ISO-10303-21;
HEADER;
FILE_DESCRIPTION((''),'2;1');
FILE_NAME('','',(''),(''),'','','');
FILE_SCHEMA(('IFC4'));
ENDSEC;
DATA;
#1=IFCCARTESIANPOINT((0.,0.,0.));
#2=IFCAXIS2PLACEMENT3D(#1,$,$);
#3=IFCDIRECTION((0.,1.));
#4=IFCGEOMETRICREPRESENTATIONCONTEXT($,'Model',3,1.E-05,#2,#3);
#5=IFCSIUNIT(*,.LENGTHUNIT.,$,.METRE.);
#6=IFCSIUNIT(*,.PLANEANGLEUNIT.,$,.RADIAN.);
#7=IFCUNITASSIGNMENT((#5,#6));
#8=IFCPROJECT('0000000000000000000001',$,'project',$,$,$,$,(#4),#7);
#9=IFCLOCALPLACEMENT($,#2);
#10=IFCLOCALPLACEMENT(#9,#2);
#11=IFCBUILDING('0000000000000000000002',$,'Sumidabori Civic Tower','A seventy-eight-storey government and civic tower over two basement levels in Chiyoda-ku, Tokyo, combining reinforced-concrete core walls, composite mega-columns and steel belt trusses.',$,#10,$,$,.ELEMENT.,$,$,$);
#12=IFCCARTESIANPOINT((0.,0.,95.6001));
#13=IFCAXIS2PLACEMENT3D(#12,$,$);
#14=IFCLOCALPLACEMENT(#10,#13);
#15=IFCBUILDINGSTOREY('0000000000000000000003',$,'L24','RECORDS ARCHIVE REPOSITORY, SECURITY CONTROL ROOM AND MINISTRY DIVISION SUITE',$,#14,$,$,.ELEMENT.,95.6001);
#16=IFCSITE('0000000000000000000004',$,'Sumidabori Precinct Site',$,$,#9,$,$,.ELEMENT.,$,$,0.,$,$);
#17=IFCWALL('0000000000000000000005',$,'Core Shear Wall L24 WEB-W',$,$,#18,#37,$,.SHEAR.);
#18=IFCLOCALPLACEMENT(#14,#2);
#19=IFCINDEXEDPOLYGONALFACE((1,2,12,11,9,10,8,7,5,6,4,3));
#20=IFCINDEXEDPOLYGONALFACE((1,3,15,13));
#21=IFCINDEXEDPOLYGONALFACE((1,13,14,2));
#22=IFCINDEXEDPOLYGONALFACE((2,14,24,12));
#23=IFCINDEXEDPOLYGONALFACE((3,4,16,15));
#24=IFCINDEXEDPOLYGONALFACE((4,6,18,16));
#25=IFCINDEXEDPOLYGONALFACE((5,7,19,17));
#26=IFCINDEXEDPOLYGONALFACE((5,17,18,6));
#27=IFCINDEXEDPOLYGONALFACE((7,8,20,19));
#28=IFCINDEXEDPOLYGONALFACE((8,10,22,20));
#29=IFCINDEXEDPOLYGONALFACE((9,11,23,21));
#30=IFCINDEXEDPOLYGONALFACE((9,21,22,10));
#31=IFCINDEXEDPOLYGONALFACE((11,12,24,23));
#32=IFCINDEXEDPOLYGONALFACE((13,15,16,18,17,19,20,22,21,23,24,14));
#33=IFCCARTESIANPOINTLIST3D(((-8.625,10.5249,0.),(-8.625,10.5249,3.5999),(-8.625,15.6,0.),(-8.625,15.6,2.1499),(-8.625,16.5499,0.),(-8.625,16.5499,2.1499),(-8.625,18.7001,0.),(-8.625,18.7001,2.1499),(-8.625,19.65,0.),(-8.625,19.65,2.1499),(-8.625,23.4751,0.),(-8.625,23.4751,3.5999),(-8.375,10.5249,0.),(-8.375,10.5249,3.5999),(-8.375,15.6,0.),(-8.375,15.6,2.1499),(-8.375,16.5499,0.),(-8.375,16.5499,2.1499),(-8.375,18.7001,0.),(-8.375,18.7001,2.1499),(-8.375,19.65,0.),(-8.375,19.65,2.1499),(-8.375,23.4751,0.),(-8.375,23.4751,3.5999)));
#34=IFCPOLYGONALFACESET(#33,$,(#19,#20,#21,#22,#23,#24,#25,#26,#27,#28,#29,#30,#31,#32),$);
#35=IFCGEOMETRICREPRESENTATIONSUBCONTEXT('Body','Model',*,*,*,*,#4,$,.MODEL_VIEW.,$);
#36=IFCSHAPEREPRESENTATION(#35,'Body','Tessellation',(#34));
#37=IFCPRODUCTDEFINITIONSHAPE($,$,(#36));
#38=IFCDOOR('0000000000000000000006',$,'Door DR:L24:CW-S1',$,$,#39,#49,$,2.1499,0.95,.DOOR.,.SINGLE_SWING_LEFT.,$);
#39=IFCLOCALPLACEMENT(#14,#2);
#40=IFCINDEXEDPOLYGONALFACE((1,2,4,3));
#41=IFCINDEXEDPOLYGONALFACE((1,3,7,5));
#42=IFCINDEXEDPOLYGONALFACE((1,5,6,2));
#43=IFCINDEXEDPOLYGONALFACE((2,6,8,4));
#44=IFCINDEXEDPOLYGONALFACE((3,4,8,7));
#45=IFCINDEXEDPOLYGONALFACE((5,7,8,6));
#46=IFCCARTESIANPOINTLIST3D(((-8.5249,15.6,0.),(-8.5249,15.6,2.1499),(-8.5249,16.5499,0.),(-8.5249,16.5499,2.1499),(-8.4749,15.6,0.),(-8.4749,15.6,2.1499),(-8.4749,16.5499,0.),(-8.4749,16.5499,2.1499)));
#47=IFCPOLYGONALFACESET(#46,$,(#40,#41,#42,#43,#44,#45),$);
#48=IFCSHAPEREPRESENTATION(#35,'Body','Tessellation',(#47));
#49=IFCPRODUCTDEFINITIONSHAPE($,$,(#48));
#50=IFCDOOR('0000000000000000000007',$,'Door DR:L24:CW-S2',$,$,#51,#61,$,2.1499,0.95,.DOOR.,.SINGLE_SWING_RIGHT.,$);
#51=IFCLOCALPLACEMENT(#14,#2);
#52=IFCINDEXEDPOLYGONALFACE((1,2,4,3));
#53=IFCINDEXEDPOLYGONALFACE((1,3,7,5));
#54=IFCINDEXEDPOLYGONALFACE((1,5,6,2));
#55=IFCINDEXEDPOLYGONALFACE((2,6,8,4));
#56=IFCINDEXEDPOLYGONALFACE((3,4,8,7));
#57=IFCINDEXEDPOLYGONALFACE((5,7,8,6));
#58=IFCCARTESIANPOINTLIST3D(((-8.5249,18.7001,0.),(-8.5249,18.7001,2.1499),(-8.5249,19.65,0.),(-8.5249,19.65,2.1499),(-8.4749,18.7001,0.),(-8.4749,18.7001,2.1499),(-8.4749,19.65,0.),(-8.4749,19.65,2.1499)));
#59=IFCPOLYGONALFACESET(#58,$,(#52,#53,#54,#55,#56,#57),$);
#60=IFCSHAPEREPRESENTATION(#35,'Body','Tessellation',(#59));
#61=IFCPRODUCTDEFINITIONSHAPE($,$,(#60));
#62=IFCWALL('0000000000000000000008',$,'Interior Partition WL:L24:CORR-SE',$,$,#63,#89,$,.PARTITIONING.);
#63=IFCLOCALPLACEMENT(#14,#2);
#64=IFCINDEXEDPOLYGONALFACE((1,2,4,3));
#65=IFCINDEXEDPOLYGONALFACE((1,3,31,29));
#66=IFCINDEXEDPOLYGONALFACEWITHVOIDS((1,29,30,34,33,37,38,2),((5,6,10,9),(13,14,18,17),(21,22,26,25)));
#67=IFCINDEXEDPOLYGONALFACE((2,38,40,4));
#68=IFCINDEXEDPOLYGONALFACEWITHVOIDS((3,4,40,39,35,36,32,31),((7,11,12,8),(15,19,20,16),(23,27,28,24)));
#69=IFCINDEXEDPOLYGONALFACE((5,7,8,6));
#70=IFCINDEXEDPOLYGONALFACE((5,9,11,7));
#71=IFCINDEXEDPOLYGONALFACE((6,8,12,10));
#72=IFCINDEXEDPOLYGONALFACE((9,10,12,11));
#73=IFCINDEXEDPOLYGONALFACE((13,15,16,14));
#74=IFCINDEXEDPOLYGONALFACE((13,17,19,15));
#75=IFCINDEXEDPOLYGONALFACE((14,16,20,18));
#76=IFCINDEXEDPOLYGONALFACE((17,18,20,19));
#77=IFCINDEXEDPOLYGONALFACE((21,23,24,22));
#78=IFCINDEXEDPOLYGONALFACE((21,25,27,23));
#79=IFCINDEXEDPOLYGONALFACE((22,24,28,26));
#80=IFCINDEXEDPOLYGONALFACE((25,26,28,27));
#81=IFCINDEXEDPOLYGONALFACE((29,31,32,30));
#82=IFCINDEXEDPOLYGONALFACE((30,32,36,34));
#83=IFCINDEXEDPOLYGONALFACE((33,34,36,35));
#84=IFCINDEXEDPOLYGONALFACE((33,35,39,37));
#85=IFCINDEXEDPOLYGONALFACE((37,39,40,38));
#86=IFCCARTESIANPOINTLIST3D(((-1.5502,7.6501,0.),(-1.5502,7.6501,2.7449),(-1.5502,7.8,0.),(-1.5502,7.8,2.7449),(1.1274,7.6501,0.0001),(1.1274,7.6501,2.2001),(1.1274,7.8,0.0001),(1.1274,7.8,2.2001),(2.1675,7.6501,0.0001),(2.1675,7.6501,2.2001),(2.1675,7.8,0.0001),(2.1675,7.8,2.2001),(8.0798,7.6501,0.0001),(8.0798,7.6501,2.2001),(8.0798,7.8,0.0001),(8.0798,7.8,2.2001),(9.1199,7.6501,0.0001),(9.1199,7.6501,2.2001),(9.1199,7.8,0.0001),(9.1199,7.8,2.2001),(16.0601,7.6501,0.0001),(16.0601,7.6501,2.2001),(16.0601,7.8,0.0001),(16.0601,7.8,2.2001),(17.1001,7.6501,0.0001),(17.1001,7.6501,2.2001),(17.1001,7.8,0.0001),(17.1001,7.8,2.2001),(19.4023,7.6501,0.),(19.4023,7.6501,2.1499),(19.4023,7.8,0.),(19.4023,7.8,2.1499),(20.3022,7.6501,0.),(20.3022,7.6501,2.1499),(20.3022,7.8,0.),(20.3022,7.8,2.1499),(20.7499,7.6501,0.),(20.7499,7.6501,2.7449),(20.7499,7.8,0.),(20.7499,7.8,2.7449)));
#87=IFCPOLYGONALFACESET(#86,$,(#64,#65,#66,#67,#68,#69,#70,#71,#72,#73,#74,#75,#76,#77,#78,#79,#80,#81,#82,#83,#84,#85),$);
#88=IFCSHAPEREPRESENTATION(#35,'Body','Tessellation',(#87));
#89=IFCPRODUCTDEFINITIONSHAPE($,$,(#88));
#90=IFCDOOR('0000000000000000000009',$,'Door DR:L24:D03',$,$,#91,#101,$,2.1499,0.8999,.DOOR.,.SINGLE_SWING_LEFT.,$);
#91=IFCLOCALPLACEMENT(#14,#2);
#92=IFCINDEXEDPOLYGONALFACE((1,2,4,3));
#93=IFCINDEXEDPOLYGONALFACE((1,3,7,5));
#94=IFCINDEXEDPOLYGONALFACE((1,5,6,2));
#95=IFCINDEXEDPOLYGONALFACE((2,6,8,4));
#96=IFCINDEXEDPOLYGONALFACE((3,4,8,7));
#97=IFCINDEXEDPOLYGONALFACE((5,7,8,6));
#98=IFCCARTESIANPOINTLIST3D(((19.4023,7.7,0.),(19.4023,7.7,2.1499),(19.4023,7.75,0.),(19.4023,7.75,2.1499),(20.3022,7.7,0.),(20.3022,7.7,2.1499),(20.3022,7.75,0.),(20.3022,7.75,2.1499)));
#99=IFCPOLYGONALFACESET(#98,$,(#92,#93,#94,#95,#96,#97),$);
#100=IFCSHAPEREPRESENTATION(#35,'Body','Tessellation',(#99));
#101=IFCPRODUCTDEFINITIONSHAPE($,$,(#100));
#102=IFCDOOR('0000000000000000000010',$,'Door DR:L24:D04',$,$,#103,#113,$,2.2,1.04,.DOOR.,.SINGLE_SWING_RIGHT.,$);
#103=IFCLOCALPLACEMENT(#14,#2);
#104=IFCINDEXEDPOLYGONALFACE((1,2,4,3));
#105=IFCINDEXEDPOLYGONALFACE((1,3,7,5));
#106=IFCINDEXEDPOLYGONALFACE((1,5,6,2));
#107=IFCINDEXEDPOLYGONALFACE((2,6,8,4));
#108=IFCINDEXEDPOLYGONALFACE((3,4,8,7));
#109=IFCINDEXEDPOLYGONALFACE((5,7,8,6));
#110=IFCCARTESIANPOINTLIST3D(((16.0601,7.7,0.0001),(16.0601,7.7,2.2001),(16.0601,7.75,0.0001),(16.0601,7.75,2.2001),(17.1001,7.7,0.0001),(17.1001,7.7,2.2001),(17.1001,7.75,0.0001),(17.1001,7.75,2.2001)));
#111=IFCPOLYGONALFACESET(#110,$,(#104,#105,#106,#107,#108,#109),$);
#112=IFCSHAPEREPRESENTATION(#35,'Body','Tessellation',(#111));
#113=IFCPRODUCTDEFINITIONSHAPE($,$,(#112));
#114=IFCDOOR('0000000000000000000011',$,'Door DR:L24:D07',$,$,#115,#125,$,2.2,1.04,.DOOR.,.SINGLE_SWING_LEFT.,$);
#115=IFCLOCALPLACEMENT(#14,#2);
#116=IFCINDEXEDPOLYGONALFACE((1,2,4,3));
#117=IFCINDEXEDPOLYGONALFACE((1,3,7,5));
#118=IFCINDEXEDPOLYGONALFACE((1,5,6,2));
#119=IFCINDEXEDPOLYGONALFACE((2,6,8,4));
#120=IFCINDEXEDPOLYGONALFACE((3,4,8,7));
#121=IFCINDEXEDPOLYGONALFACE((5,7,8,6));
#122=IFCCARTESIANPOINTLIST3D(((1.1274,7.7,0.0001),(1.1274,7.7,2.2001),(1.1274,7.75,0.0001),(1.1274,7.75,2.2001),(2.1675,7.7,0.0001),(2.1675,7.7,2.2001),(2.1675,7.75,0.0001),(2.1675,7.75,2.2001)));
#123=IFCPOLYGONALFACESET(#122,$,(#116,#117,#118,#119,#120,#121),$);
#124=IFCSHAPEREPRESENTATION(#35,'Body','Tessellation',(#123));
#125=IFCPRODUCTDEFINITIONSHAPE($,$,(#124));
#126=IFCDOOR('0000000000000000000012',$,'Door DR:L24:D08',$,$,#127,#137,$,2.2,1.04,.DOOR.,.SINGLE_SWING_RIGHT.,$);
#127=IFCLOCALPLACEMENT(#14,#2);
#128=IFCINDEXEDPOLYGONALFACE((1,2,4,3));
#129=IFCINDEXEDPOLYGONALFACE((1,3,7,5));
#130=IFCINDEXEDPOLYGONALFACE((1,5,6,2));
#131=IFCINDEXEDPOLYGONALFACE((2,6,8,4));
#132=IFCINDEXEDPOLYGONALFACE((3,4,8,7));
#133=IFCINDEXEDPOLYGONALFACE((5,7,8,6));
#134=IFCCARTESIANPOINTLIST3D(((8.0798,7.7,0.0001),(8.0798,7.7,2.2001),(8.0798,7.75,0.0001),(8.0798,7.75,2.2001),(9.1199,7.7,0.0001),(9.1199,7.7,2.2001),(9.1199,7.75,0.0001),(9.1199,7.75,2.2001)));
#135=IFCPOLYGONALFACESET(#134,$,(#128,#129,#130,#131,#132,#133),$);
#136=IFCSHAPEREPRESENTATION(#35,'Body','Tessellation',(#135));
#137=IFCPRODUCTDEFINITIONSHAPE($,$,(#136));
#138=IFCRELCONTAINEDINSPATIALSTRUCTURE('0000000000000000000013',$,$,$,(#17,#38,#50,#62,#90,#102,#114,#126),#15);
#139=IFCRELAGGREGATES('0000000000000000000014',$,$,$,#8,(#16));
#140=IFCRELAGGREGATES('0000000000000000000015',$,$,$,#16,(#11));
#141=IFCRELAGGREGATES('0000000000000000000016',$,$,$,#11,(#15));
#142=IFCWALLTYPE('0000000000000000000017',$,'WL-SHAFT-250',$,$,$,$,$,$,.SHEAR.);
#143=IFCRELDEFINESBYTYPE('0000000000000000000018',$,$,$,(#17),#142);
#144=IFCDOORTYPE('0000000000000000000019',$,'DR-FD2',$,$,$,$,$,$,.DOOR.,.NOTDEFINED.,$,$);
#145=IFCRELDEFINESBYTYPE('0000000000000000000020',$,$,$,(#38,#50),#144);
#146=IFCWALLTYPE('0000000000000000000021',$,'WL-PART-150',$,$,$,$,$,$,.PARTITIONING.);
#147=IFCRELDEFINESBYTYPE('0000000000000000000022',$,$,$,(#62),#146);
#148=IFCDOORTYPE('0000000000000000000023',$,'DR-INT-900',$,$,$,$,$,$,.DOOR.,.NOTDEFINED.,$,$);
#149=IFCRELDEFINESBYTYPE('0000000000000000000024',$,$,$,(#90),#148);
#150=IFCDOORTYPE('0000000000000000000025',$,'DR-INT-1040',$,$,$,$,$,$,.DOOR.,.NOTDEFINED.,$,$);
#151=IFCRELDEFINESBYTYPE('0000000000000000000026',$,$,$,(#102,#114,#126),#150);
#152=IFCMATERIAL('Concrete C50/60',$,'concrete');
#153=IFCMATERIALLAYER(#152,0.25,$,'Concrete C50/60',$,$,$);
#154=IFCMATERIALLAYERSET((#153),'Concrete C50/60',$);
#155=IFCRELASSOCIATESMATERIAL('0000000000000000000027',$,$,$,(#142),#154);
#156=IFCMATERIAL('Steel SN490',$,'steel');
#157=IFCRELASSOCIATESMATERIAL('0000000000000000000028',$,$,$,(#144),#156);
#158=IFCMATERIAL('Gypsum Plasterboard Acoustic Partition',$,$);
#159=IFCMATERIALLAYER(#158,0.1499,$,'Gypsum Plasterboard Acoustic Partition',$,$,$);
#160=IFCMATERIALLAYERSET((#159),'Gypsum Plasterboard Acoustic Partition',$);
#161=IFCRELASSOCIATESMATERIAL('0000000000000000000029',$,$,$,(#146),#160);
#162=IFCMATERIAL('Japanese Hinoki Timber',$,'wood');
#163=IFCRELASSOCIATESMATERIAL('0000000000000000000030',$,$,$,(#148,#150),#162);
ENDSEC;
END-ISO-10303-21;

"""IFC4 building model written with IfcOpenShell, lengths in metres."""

from ifc_helpers import new_model, si_unit, direction, frame, frame_2d, origin, place, context, subcontext, project, spatial, rectangle, extrude, source, transform, mapped, material, layer, layer_set, type_object, element, fill, save


model = new_model("IFC4")

# Units and contexts
model_context = context("Model", 3, precision=1e-05, world=origin(), true_north=direction((0.0, 1.0)))
body_context = subcontext(model_context, "Body", "Model", "MODEL_VIEW")
ifc_project = project(units=[si_unit("LENGTHUNIT", "METRE"), si_unit("PLANEANGLEUNIT", "RADIAN")], contexts=[model_context])

# Site, building, storey
site_placement = place(None, origin())
site = spatial("IfcSite", under=ifc_project, at=site_placement, Name="Sumidabori Precinct Site", CompositionType="ELEMENT", RefElevation=0.0)
building_placement = place(site_placement, origin())
building = spatial("IfcBuilding", under=site, at=building_placement, Name="Sumidabori Civic Tower", Description="A seventy-eight-storey government and civic tower over two basement levels in Chiyoda-ku, Tokyo, combining reinforced-concrete core walls, composite mega-columns and steel belt trusses.", CompositionType="ELEMENT")
storey_placement = place(building_placement, frame((0.0, 0.0, 95.6001)))
storey = spatial("IfcBuildingStorey", under=building, at=storey_placement, Name="L24", Description="RECORDS ARCHIVE REPOSITORY, SECURITY CONTROL ROOM AND MINISTRY DIVISION SUITE", CompositionType="ELEMENT", Elevation=95.6001)

# Shared definitions
ifc_material_1 = material(Name="Concrete C50/60", Category="concrete")

# Shared definitions
ifc_material_2 = material(Name="Steel SN490", Category="steel")

# Wall, openings, doors
ifc_layer_1 = layer(ifc_material_1, 0.25, Name="Concrete C50/60")
ifc_layer_set_1 = layer_set([ifc_layer_1], Name="Concrete C50/60")
wall_type_1 = type_object("IfcWallType", Name="WL-SHAFT-250", PredefinedType="SHEAR", material=ifc_layer_set_1)
shared_shape_1 = source(origin(), body_context, "Body", "SweptSolid", [
    extrude(rectangle(XDim=12.9502, YDim=0.25, at=frame_2d((6.4751, 0.0))), origin(), (0.0, 0.0, 1.0), 3.5999),
])
wall_1_placement = place(storey_placement, frame((-8.5, 10.5249, 0.0), z_axis=(0.0, 0.0, 1.0), x_axis=(0.0, 1.0, 0.0)))
wall_1 = element("IfcWall", 1, at=wall_1_placement, inside=storey, type_object=wall_type_1, Name="Core Shear Wall L24 WEB-W", PredefinedType="SHEAR", context=body_context, shape_type="MappedRepresentation", body=[
    mapped(shared_shape_1, transform((0.0, 0.0, 0.0), x_axis=(1.0, 0.0, 0.0), y_axis=(0.0, 1.0, 0.0), z_axis=(0.0, 0.0, 1.0), scale=1.0)),
])
opening_1_placement = place(wall_1_placement, frame((5.075, 0.0, 0.0)))
opening_1 = element("IfcOpeningElement", 2, at=opening_1_placement, cuts=wall_1, PredefinedType="OPENING", context=body_context, shape_type="SweptSolid", body=[
    extrude(rectangle(XDim=0.95, YDim=2.1499, at=frame_2d((0.4751, 1.075))), frame((0.0, 0.137, 0.0), z_axis=(0.0, -1.0, 0.0), x_axis=(1.0, 0.0, 0.0)), (0.0, 0.0, 1.0), 0.2739),
])
opening_2_placement = place(wall_1_placement, frame((8.175, 0.0, 0.0)))
opening_2 = element("IfcOpeningElement", 3, at=opening_2_placement, cuts=wall_1, PredefinedType="OPENING", context=body_context, shape_type="SweptSolid", body=[
    extrude(rectangle(XDim=0.95, YDim=2.1499, at=frame_2d((0.4751, 1.075))), frame((0.0, 0.137, 0.0), z_axis=(0.0, -1.0, 0.0), x_axis=(1.0, 0.0, 0.0)), (0.0, 0.0, 1.0), 0.2739),
])
door_type_1 = type_object("IfcDoorType", Name="DR-FD2", OperationType="NOTDEFINED", PredefinedType="DOOR", material=ifc_material_2)
shared_shape_2 = source(origin(), body_context, "Body", "SweptSolid", [
    extrude(rectangle(XDim=0.95, YDim=2.1499, at=frame_2d((0.4751, 1.075))), frame((0.0, 0.0249, 0.0), z_axis=(0.0, -1.0, 0.0), x_axis=(1.0, 0.0, 0.0)), (0.0, 0.0, 1.0), 0.05),
])
door_1_placement = place(opening_1_placement, origin())
door_1 = element("IfcDoor", 4, at=door_1_placement, inside=storey, type_object=door_type_1, Name="Door DR:L24:CW-S1", OperationType="SINGLE_SWING_LEFT", OverallHeight=2.1499, OverallWidth=0.95, PredefinedType="DOOR", context=body_context, shape_type="MappedRepresentation", body=[
    mapped(shared_shape_2, transform((0.0, 0.0, 0.0), x_axis=(1.0, 0.0, 0.0), y_axis=(0.0, 1.0, 0.0), z_axis=(0.0, 0.0, 1.0), scale=1.0)),
])
fill(opening_1, door_1)
door_2_placement = place(opening_2_placement, origin())
door_2 = element("IfcDoor", 5, at=door_2_placement, inside=storey, type_object=door_type_1, Name="Door DR:L24:CW-S2", OperationType="SINGLE_SWING_RIGHT", OverallHeight=2.1499, OverallWidth=0.95, PredefinedType="DOOR", context=body_context, shape_type="MappedRepresentation", body=[
    mapped(shared_shape_2, transform((0.0, 0.0, 0.0), x_axis=(1.0, 0.0, 0.0), y_axis=(0.0, 1.0, 0.0), z_axis=(0.0, 0.0, 1.0), scale=1.0)),
])
fill(opening_2, door_2)

# Wall, openings, doors
ifc_material_3 = material(Name="Gypsum Plasterboard Acoustic Partition")
ifc_layer_2 = layer(ifc_material_3, 0.1499, Name="Gypsum Plasterboard Acoustic Partition")
ifc_layer_set_2 = layer_set([ifc_layer_2], Name="Gypsum Plasterboard Acoustic Partition")
wall_type_2 = type_object("IfcWallType", Name="WL-PART-150", PredefinedType="PARTITIONING", material=ifc_layer_set_2)
shared_shape_3 = source(origin(), body_context, "Body", "SweptSolid", [
    extrude(rectangle(XDim=22.3, YDim=0.1499, at=frame_2d((11.1499, 0.0))), origin(), (0.0, 0.0, 1.0), 2.7449),
])
wall_2_placement = place(storey_placement, frame((-1.55, 7.7251, 0.0), z_axis=(0.0, 0.0, 1.0), x_axis=(1.0, 0.0, 0.0)))
wall_2 = element("IfcWall", 6, at=wall_2_placement, inside=storey, type_object=wall_type_2, Name="Interior Partition WL:L24:CORR-SE", PredefinedType="PARTITIONING", context=body_context, shape_type="MappedRepresentation", body=[
    mapped(shared_shape_3, transform((0.0, 0.0, 0.0), x_axis=(1.0, 0.0, 0.0), y_axis=(0.0, 1.0, 0.0), z_axis=(0.0, 0.0, 1.0), scale=1.0)),
])
opening_3_placement = place(wall_2_placement, frame((20.9524, 0.0, 0.0)))
opening_3 = element("IfcOpeningElement", 7, at=opening_3_placement, cuts=wall_2, PredefinedType="OPENING", context=body_context, shape_type="SweptSolid", body=[
    extrude(rectangle(XDim=0.8999, YDim=2.1499, at=frame_2d((0.45, 1.075))), frame((0.0, 0.0869, 0.0), z_axis=(0.0, -1.0, 0.0), x_axis=(1.0, 0.0, 0.0)), (0.0, 0.0, 1.0), 0.1738),
])
opening_4_placement = place(wall_2_placement, frame((17.6101, 0.0, 0.0)))
opening_4 = element("IfcOpeningElement", 8, at=opening_4_placement, cuts=wall_2, PredefinedType="OPENING", context=body_context, shape_type="SweptSolid", body=[
    extrude(rectangle(XDim=1.04, YDim=2.2, at=frame_2d((0.52, 1.1001))), frame((0.0, 0.0869, 0.0), z_axis=(0.0, -1.0, 0.0), x_axis=(1.0, 0.0, 0.0)), (0.0, 0.0, 1.0), 0.1738),
])
opening_5_placement = place(wall_2_placement, frame((2.6775, 0.0, 0.0)))
opening_5 = element("IfcOpeningElement", 9, at=opening_5_placement, cuts=wall_2, PredefinedType="OPENING", context=body_context, shape_type="SweptSolid", body=[
    extrude(rectangle(XDim=1.04, YDim=2.2, at=frame_2d((0.52, 1.1001))), frame((0.0, 0.0869, 0.0), z_axis=(0.0, -1.0, 0.0), x_axis=(1.0, 0.0, 0.0)), (0.0, 0.0, 1.0), 0.1738),
])
opening_6_placement = place(wall_2_placement, frame((9.6299, 0.0, 0.0)))
opening_6 = element("IfcOpeningElement", 10, at=opening_6_placement, cuts=wall_2, PredefinedType="OPENING", context=body_context, shape_type="SweptSolid", body=[
    extrude(rectangle(XDim=1.04, YDim=2.2, at=frame_2d((0.52, 1.1001))), frame((0.0, 0.0869, 0.0), z_axis=(0.0, -1.0, 0.0), x_axis=(1.0, 0.0, 0.0)), (0.0, 0.0, 1.0), 0.1738),
])
ifc_material_4 = material(Name="Japanese Hinoki Timber", Category="wood")
door_type_2 = type_object("IfcDoorType", Name="DR-INT-900", OperationType="NOTDEFINED", PredefinedType="DOOR", material=ifc_material_4)
shared_shape_4 = source(origin(), body_context, "Body", "SweptSolid", [
    extrude(rectangle(XDim=0.8999, YDim=2.1499, at=frame_2d((0.45, 1.075))), frame((0.0, 0.0249, 0.0), z_axis=(0.0, -1.0, 0.0), x_axis=(1.0, 0.0, 0.0)), (0.0, 0.0, 1.0), 0.05),
])
door_3_placement = place(opening_3_placement, origin())
door_3 = element("IfcDoor", 11, at=door_3_placement, inside=storey, type_object=door_type_2, Name="Door DR:L24:D03", OperationType="SINGLE_SWING_LEFT", OverallHeight=2.1499, OverallWidth=0.8999, PredefinedType="DOOR", context=body_context, shape_type="MappedRepresentation", body=[
    mapped(shared_shape_4, transform((0.0, 0.0, 0.0), x_axis=(1.0, 0.0, 0.0), y_axis=(0.0, 1.0, 0.0), z_axis=(0.0, 0.0, 1.0), scale=1.0)),
])
fill(opening_3, door_3)
door_type_3 = type_object("IfcDoorType", Name="DR-INT-1040", OperationType="NOTDEFINED", PredefinedType="DOOR", material=ifc_material_4)
shared_shape_5 = source(origin(), body_context, "Body", "SweptSolid", [
    extrude(rectangle(XDim=1.04, YDim=2.2, at=frame_2d((0.52, 1.1001))), frame((0.0, 0.0249, 0.0), z_axis=(0.0, -1.0, 0.0), x_axis=(1.0, 0.0, 0.0)), (0.0, 0.0, 1.0), 0.05),
])
door_4_placement = place(opening_4_placement, origin())
door_4 = element("IfcDoor", 12, at=door_4_placement, inside=storey, type_object=door_type_3, Name="Door DR:L24:D04", OperationType="SINGLE_SWING_RIGHT", OverallHeight=2.2, OverallWidth=1.04, PredefinedType="DOOR", context=body_context, shape_type="MappedRepresentation", body=[
    mapped(shared_shape_5, transform((0.0, 0.0, 0.0), x_axis=(1.0, 0.0, 0.0), y_axis=(0.0, 1.0, 0.0), z_axis=(0.0, 0.0, 1.0), scale=1.0)),
])
fill(opening_4, door_4)
door_5_placement = place(opening_5_placement, origin())
door_5 = element("IfcDoor", 13, at=door_5_placement, inside=storey, type_object=door_type_3, Name="Door DR:L24:D07", OperationType="SINGLE_SWING_LEFT", OverallHeight=2.2, OverallWidth=1.04, PredefinedType="DOOR", context=body_context, shape_type="MappedRepresentation", body=[
    mapped(shared_shape_5, transform((0.0, 0.0, 0.0), x_axis=(1.0, 0.0, 0.0), y_axis=(0.0, 1.0, 0.0), z_axis=(0.0, 0.0, 1.0), scale=1.0)),
])
fill(opening_5, door_5)
door_6_placement = place(opening_6_placement, origin())
door_6 = element("IfcDoor", 14, at=door_6_placement, inside=storey, type_object=door_type_3, Name="Door DR:L24:D08", OperationType="SINGLE_SWING_RIGHT", OverallHeight=2.2, OverallWidth=1.04, PredefinedType="DOOR", context=body_context, shape_type="MappedRepresentation", body=[
    mapped(shared_shape_5, transform((0.0, 0.0, 0.0), x_axis=(1.0, 0.0, 0.0), y_axis=(0.0, 1.0, 0.0), z_axis=(0.0, 0.0, 1.0), scale=1.0)),
])
fill(opening_6, door_6)

save(model, "model.ifc")
